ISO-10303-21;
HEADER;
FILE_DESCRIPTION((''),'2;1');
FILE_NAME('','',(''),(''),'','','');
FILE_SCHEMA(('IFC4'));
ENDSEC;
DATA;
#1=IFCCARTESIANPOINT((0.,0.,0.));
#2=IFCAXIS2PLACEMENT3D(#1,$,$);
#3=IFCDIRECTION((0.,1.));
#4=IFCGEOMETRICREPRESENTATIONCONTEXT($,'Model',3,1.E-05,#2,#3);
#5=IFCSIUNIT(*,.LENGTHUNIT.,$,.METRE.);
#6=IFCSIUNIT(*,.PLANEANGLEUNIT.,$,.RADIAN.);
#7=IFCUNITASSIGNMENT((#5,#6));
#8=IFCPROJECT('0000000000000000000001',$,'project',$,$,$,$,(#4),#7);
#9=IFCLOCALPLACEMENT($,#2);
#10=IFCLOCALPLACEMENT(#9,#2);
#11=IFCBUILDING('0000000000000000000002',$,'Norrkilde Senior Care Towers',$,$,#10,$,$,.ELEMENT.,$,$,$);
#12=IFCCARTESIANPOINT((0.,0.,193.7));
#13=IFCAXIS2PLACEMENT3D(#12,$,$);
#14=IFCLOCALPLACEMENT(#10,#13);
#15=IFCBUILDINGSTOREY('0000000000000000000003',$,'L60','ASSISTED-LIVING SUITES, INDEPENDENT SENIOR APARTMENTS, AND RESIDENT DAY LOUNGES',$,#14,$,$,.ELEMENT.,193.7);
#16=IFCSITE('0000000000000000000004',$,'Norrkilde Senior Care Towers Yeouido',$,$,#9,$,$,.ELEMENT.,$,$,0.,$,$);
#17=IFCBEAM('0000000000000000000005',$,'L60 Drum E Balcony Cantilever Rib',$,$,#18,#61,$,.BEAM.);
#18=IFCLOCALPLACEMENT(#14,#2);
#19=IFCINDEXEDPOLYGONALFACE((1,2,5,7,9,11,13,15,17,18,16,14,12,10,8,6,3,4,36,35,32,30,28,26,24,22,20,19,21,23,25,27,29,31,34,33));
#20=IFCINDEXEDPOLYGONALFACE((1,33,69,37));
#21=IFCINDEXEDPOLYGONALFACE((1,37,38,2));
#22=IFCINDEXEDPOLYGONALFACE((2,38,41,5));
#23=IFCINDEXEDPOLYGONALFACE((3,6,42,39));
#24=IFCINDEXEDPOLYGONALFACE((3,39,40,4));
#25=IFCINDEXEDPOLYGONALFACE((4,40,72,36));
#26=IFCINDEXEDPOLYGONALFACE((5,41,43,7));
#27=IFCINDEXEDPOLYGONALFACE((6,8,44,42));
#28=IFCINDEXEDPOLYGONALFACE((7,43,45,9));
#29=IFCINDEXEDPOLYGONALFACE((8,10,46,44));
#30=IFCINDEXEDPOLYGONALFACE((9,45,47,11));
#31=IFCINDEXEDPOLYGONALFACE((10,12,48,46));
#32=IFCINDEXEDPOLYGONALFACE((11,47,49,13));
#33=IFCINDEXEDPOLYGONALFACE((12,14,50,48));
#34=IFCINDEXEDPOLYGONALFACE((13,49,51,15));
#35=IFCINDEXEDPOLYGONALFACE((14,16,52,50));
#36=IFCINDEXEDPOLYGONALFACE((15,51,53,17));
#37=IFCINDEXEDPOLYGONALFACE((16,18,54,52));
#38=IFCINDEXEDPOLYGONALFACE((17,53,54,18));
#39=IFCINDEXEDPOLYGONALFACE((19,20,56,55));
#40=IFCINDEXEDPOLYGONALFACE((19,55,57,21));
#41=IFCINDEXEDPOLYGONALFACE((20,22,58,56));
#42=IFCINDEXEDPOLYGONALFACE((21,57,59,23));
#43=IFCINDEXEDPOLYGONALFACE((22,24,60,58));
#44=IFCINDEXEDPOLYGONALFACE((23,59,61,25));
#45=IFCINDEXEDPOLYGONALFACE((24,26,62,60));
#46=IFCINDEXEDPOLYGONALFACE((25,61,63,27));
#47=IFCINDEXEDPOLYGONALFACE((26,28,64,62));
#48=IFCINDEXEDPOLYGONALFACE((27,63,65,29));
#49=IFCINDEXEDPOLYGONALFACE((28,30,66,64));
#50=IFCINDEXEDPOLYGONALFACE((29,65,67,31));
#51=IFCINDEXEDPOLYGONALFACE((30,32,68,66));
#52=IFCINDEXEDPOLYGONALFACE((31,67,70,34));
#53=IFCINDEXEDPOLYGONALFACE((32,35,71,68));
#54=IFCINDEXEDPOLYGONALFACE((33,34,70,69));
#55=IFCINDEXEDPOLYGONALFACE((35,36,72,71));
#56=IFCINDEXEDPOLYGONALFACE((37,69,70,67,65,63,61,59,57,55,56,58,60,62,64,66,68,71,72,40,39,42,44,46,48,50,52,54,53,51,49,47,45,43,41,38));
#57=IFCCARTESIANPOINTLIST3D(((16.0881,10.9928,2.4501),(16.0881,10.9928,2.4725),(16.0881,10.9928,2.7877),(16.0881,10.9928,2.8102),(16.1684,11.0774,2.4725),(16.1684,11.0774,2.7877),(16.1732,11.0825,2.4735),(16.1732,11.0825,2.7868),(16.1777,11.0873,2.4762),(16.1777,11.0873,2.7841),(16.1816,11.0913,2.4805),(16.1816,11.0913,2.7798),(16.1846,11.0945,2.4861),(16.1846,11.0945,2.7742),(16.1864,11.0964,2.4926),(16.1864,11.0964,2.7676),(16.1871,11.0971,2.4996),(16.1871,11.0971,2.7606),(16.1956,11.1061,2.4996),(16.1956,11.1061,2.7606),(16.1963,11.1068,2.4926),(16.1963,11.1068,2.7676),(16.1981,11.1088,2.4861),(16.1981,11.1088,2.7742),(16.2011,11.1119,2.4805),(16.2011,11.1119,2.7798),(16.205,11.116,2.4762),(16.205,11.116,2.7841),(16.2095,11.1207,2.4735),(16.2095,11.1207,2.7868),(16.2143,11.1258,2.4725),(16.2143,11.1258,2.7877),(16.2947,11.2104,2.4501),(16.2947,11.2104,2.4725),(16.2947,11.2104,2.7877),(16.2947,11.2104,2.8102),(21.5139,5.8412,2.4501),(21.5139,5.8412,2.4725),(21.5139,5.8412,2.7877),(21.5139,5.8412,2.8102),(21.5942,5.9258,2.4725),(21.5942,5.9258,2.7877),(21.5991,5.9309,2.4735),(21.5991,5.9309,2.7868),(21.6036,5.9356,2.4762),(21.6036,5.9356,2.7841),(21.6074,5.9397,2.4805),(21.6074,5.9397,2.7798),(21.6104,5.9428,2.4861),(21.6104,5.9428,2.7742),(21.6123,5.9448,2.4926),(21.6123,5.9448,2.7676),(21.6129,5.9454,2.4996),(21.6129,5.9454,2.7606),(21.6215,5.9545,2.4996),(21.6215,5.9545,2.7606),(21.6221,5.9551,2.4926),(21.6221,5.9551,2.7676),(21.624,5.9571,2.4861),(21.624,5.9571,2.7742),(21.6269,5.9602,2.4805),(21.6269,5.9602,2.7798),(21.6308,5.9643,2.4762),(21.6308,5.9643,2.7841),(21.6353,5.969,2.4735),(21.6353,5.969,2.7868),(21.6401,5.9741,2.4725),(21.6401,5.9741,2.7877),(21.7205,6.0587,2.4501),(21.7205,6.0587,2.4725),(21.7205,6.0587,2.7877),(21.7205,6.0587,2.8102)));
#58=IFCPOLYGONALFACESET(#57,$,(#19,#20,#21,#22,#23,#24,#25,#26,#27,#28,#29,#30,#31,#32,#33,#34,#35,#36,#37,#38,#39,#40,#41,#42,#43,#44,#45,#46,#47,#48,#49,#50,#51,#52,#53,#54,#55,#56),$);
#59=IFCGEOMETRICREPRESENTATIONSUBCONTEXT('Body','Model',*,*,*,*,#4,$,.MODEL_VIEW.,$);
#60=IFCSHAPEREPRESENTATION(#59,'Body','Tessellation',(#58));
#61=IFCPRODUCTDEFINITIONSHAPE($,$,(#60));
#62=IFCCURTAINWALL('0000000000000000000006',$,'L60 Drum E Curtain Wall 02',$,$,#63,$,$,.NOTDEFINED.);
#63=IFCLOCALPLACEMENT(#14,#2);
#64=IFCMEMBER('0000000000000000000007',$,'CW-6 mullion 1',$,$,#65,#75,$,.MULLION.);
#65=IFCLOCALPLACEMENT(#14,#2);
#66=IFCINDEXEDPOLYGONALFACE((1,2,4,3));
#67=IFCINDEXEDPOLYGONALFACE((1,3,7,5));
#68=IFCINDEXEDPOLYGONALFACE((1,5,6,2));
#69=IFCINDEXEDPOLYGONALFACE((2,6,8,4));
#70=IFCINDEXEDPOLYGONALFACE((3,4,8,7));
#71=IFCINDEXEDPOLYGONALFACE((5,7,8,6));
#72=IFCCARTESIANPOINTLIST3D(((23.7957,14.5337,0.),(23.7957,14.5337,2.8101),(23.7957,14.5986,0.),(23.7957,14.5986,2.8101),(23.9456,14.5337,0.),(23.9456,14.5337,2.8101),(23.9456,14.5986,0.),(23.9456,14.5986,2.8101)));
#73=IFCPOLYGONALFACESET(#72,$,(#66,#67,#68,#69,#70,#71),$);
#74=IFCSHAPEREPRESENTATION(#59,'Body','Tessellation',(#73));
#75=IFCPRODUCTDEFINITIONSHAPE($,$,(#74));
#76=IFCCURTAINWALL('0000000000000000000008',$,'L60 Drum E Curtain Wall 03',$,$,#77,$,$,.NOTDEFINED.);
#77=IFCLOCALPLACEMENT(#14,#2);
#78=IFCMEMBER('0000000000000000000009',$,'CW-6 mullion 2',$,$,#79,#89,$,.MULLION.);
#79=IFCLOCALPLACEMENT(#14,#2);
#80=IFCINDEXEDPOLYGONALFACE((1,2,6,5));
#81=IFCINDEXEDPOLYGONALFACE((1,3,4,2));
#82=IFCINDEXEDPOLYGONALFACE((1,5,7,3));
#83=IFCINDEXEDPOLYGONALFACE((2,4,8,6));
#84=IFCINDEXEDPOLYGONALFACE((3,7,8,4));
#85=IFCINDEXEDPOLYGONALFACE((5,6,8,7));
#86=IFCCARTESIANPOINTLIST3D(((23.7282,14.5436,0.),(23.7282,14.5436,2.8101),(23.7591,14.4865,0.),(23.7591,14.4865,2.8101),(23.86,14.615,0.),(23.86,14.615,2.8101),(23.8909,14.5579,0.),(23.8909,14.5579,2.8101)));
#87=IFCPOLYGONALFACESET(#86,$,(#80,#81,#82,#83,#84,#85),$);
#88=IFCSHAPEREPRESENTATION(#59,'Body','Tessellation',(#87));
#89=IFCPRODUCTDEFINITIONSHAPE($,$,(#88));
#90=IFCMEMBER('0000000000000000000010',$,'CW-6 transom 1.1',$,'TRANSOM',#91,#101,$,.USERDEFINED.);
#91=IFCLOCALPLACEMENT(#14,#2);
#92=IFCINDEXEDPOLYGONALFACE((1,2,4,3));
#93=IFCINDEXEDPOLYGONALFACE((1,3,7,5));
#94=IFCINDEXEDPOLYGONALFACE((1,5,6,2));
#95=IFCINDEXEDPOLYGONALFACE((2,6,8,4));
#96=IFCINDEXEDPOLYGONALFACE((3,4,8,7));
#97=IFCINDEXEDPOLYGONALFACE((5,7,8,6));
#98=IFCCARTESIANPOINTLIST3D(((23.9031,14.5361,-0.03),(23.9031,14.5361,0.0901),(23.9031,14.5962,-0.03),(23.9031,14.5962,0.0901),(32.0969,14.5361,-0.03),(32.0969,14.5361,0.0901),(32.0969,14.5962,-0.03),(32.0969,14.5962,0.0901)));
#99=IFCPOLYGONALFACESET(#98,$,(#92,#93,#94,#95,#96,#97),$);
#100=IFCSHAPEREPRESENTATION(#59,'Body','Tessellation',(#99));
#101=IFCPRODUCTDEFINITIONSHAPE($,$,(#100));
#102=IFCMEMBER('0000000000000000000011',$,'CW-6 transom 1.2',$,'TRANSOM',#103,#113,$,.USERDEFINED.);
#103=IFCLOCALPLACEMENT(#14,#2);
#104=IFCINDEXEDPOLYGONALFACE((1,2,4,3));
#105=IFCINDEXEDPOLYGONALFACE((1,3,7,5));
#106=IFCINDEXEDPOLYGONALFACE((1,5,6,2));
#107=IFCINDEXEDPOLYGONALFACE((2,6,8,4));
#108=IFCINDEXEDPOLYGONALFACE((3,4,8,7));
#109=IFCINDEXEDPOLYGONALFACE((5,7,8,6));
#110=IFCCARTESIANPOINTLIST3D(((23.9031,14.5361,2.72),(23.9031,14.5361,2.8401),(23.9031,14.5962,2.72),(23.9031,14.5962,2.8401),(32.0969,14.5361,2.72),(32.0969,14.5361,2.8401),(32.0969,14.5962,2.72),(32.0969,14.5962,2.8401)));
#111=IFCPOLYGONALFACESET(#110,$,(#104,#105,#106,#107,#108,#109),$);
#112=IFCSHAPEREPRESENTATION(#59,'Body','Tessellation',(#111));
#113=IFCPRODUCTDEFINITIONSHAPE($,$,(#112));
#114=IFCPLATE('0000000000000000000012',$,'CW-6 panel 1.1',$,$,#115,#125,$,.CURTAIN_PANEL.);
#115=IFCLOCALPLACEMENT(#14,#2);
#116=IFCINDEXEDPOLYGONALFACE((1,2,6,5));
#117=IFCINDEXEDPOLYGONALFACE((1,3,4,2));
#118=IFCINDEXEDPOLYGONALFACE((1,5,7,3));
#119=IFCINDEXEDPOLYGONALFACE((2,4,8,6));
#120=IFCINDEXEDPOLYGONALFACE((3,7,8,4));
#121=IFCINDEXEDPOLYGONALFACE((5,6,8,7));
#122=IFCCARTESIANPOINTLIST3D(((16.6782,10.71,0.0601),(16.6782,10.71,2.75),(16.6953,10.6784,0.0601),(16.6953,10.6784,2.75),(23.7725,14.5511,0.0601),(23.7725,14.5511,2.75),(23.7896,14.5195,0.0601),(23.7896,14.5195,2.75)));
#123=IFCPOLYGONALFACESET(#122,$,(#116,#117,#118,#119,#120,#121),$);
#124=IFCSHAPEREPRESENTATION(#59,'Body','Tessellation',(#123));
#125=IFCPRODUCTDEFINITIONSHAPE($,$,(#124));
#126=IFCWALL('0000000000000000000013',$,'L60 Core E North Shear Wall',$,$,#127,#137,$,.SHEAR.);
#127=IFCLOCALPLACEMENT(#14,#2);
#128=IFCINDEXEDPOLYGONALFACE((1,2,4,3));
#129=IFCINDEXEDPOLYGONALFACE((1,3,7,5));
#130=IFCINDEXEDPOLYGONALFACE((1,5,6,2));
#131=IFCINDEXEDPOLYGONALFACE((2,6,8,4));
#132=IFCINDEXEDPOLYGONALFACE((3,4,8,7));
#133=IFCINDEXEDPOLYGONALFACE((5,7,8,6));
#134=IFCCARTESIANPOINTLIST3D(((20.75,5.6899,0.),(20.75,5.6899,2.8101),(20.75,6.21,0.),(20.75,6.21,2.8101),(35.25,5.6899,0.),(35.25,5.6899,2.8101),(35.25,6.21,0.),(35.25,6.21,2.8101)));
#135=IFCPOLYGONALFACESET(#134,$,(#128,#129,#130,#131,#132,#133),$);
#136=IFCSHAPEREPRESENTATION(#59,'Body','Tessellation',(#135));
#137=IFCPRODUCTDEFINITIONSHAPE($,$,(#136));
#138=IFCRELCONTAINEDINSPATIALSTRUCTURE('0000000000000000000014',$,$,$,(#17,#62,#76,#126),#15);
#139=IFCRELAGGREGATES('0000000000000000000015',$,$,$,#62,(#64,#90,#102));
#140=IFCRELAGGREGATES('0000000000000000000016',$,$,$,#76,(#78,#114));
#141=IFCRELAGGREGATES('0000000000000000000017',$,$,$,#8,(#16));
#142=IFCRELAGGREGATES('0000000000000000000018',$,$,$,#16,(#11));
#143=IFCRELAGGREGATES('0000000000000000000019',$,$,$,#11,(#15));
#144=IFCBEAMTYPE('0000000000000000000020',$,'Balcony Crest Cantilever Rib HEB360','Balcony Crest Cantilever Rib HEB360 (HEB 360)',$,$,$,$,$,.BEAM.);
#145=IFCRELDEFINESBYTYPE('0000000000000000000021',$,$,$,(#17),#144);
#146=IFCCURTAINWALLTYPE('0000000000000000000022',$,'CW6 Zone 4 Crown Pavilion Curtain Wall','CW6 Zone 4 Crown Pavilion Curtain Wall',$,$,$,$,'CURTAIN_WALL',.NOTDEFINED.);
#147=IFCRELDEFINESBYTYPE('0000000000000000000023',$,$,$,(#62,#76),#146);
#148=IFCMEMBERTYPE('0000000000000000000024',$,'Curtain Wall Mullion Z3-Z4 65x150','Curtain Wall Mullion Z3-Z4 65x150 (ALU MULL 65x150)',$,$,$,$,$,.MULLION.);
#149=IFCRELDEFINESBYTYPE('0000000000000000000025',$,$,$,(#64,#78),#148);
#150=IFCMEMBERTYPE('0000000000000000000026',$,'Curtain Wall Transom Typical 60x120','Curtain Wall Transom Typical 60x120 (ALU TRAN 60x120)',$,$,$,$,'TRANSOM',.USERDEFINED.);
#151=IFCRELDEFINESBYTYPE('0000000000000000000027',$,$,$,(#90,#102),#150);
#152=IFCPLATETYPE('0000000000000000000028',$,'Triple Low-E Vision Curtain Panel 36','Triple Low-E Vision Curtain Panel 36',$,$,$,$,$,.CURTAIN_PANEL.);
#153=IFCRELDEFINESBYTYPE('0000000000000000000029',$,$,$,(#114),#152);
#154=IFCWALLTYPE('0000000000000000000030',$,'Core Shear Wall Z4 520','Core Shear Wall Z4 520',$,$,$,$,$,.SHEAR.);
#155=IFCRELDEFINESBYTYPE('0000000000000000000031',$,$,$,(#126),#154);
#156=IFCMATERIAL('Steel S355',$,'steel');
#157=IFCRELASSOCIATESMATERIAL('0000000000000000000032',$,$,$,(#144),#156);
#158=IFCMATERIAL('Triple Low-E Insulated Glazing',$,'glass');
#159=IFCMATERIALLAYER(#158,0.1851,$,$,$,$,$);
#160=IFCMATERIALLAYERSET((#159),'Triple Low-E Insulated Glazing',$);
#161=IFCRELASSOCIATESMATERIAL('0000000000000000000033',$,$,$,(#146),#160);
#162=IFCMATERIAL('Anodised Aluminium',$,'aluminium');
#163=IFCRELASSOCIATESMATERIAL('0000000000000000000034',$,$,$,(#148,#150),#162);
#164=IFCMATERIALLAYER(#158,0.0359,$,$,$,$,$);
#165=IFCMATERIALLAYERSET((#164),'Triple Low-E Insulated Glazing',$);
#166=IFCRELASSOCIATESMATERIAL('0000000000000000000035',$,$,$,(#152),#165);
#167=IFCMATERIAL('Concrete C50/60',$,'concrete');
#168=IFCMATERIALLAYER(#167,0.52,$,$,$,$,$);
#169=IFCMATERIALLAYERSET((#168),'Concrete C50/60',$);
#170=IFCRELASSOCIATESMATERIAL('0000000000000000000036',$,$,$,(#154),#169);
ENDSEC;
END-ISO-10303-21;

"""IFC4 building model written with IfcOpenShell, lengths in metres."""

from ifc_helpers import new_model, si_unit, direction, frame, frame_2d, origin, origin_2d, place, context, subcontext, project, spatial, rectangle, i_section, extrude, source, transform, mapped, material, layer, layer_set, material_profile, profile_set, type_object, type_shapes, element, aggregate, save


model = new_model("IFC4")

# Units and contexts
model_context = context("Model", 3, precision=1e-05, world=origin(), true_north=direction((0.0, 1.0)))
body_context = subcontext(model_context, "Body", "Model", "MODEL_VIEW")
ifc_project = project(units=[si_unit("LENGTHUNIT", "METRE"), si_unit("PLANEANGLEUNIT", "RADIAN")], contexts=[model_context])

# Site, building, storey
site_placement = place(None, origin())
site = spatial("IfcSite", under=ifc_project, at=site_placement, Name="Norrkilde Senior Care Towers Yeouido", CompositionType="ELEMENT", RefElevation=0.0)
building_placement = place(site_placement, origin())
building = spatial("IfcBuilding", under=site, at=building_placement, Name="Norrkilde Senior Care Towers", CompositionType="ELEMENT")
storey_placement = place(building_placement, frame((0.0, 0.0, 193.7)))
storey = spatial("IfcBuildingStorey", under=building, at=storey_placement, Name="L60", Description="ASSISTED-LIVING SUITES, INDEPENDENT SENIOR APARTMENTS, AND RESIDENT DAY LOUNGES", CompositionType="ELEMENT", Elevation=193.7)

# Shared definitions
ifc_material_1 = material(Name="Concrete C50/60", Category="concrete")

# Beam
ifc_material_2 = material(Name="Steel S355", Category="steel")
ifc_material_profile_1 = material_profile(ifc_material_2, i_section(OverallWidth=0.3, OverallDepth=0.3601, WebThickness=0.0125, FlangeThickness=0.0225, FilletRadius=0.0271, at=origin_2d()), Name="HEB 360")
ifc_profile_set_1 = profile_set([ifc_material_profile_1], Name="Steel S355")
beam_type_1 = type_object("IfcBeamType", Name="Balcony Crest Cantilever Rib HEB360", Description="Balcony Crest Cantilever Rib HEB360 (HEB 360)", PredefinedType="BEAM", material=ifc_profile_set_1)
shared_shape_1 = source(origin(), body_context, "Body", "SweptSolid", [
    extrude(i_section(OverallWidth=0.3, OverallDepth=0.3601, WebThickness=0.0125, FlangeThickness=0.0225, FilletRadius=0.0271, at=origin_2d()), origin(), (0.0, 0.0, 1.0), 7.4819),
])
type_shapes(beam_type_1, [shared_shape_1])
beam_1_placement = place(storey_placement, frame((21.6172, 5.95, 2.6301), z_axis=(-0.725192, 0.688547, 0.0), x_axis=(-0.688547, -0.725192, 0.0)))
element("IfcBeam", 1, at=beam_1_placement, inside=storey, type_object=beam_type_1, Name="L60 Drum E Balcony Cantilever Rib", PredefinedType="BEAM", context=body_context, shape_type="MappedRepresentation", body=[
    mapped(shared_shape_1, transform((0.0, 0.0, 0.0), x_axis=(1.0, 0.0, 0.0), y_axis=(0.0, 1.0, 0.0), z_axis=(0.0, 0.0, 1.0), scale=1.0)),
])

# Curtain walls, members
ifc_material_3 = material(Name="Triple Low-E Insulated Glazing", Category="glass")
ifc_layer_1 = layer(ifc_material_3, 0.1851)
ifc_layer_set_1 = layer_set([ifc_layer_1], Name="Triple Low-E Insulated Glazing")
curtain_wall_type = type_object("IfcCurtainWallType", Name="CW6 Zone 4 Crown Pavilion Curtain Wall", Description="CW6 Zone 4 Crown Pavilion Curtain Wall", ElementType="CURTAIN_WALL", PredefinedType="NOTDEFINED", material=ifc_layer_set_1)
curtain_wall_1_placement = place(storey_placement, origin())
curtain_wall_1 = element("IfcCurtainWall", 2, at=curtain_wall_1_placement, inside=storey, type_object=curtain_wall_type, Name="L60 Drum E Curtain Wall 02", PredefinedType="NOTDEFINED")
ifc_material_4 = material(Name="Anodised Aluminium", Category="aluminium")
ifc_material_profile_2 = material_profile(ifc_material_4, rectangle(XDim=0.0649, YDim=0.1499, at=origin_2d()), Name="ALU MULL 65x150")
ifc_profile_set_2 = profile_set([ifc_material_profile_2], Name="Anodised Aluminium")
member_type_1 = type_object("IfcMemberType", Name="Curtain Wall Mullion Z3-Z4 65x150", Description="Curtain Wall Mullion Z3-Z4 65x150 (ALU MULL 65x150)", PredefinedType="MULLION", material=ifc_profile_set_2)
shared_shape_2 = source(origin(), body_context, "Body", "SweptSolid", [
    extrude(rectangle(XDim=0.0649, YDim=0.1499, at=origin_2d()), origin(), (0.0, 0.0, 1.0), 2.8101),
])
type_shapes(member_type_1, [shared_shape_2])
member_1_placement = place(storey_placement, frame((23.8706, 14.5662, 0.0), z_axis=(0.0, 0.0, 1.0), x_axis=(0.0, 1.0, 0.0)))
member_1 = element("IfcMember", 3, at=member_1_placement, type_object=member_type_1, Name="CW-6 mullion 1", PredefinedType="MULLION", context=body_context, shape_type="MappedRepresentation", body=[
    mapped(shared_shape_2, transform((0.0, 0.0, 0.0), x_axis=(1.0, 0.0, 0.0), y_axis=(0.0, 1.0, 0.0), z_axis=(0.0, 0.0, 1.0), scale=1.0)),
])
curtain_wall_2_placement = place(storey_placement, origin())
curtain_wall_2 = element("IfcCurtainWall", 4, at=curtain_wall_2_placement, inside=storey, type_object=curtain_wall_type, Name="L60 Drum E Curtain Wall 03", PredefinedType="NOTDEFINED")
member_2_placement = place(storey_placement, frame((23.8096, 14.5508, 0.0), z_axis=(0.0, 0.0, 1.0), x_axis=(-0.476133, 0.879373, 0.0)))
member_2 = element("IfcMember", 5, at=member_2_placement, type_object=member_type_1, Name="CW-6 mullion 2", PredefinedType="MULLION", context=body_context, shape_type="MappedRepresentation", body=[
    mapped(shared_shape_2, transform((0.0, 0.0, 0.0), x_axis=(1.0, 0.0, 0.0), y_axis=(0.0, 1.0, 0.0), z_axis=(0.0, 0.0, 1.0), scale=1.0)),
])

# Members
ifc_material_profile_3 = material_profile(ifc_material_4, rectangle(XDim=0.0601, YDim=0.1201, at=origin_2d()), Name="ALU TRAN 60x120")
ifc_profile_set_3 = profile_set([ifc_material_profile_3], Name="Anodised Aluminium")
member_type_2 = type_object("IfcMemberType", Name="Curtain Wall Transom Typical 60x120", Description="Curtain Wall Transom Typical 60x120 (ALU TRAN 60x120)", ElementType="TRANSOM", PredefinedType="USERDEFINED", material=ifc_profile_set_3)
shared_shape_3 = source(origin(), body_context, "Body", "SweptSolid", [
    extrude(rectangle(XDim=0.0601, YDim=0.1201, at=origin_2d()), origin(), (0.0, 0.0, 1.0), 8.1938),
])
type_shapes(member_type_2, [shared_shape_3])
member_3_placement = place(storey_placement, frame((23.9031, 14.5662, 0.03), z_axis=(1.0, 0.0, 0.0), x_axis=(0.0, 1.0, 0.0)))
member_3 = element("IfcMember", 6, at=member_3_placement, type_object=member_type_2, Name="CW-6 transom 1.1", ObjectType="TRANSOM", PredefinedType="USERDEFINED", context=body_context, shape_type="MappedRepresentation", body=[
    mapped(shared_shape_3, transform((0.0, 0.0, 0.0), x_axis=(1.0, 0.0, 0.0), y_axis=(0.0, 1.0, 0.0), z_axis=(0.0, 0.0, 1.0), scale=1.0)),
])
member_4_placement = place(storey_placement, frame((23.9031, 14.5662, 2.78), z_axis=(1.0, 0.0, 0.0), x_axis=(0.0, 1.0, 0.0)))
member_4 = element("IfcMember", 7, at=member_4_placement, type_object=member_type_2, Name="CW-6 transom 1.2", ObjectType="TRANSOM", PredefinedType="USERDEFINED", context=body_context, shape_type="MappedRepresentation", body=[
    mapped(shared_shape_3, transform((0.0, 0.0, 0.0), x_axis=(1.0, 0.0, 0.0), y_axis=(0.0, 1.0, 0.0), z_axis=(0.0, 0.0, 1.0), scale=1.0)),
])
aggregate(curtain_wall_1, [member_1, member_3, member_4])

# Plate
ifc_layer_2 = layer(ifc_material_3, 0.0359)
ifc_layer_set_2 = layer_set([ifc_layer_2], Name="Triple Low-E Insulated Glazing")
plate_type = type_object("IfcPlateType", Name="Triple Low-E Vision Curtain Panel 36", Description="Triple Low-E Vision Curtain Panel 36", PredefinedType="CURTAIN_PANEL", material=ifc_layer_set_2)
shared_shape_4 = source(origin(), body_context, "Body", "SweptSolid", [
    extrude(rectangle(XDim=8.0674, YDim=0.0359, at=origin_2d()), origin(), (0.0, 0.0, 1.0), 2.6899),
])
type_shapes(plate_type, [shared_shape_4])
plate_placement = place(storey_placement, frame((20.2339, 12.6147, 0.0601), z_axis=(0.0, 0.0, 1.0), x_axis=(0.879373, 0.476133, 0.0)))
plate = element("IfcPlate", 8, at=plate_placement, type_object=plate_type, Name="CW-6 panel 1.1", PredefinedType="CURTAIN_PANEL", context=body_context, shape_type="MappedRepresentation", body=[
    mapped(shared_shape_4, transform((0.0, 0.0, 0.0), x_axis=(1.0, 0.0, 0.0), y_axis=(0.0, 1.0, 0.0), z_axis=(0.0, 0.0, 1.0), scale=1.0)),
])
aggregate(curtain_wall_2, [member_2, plate])

# Wall
ifc_layer_3 = layer(ifc_material_1, 0.52)
ifc_layer_set_3 = layer_set([ifc_layer_3], Name="Concrete C50/60")
wall_type_1 = type_object("IfcWallType", Name="Core Shear Wall Z4 520", Description="Core Shear Wall Z4 520", PredefinedType="SHEAR", material=ifc_layer_set_3)
shared_shape_5 = source(origin(), body_context, "Body", "SweptSolid", [
    extrude(rectangle(XDim=14.5, YDim=0.52, at=frame_2d((7.25, 0.0))), origin(), (0.0, 0.0, 1.0), 2.8101),
])
type_shapes(wall_type_1, [shared_shape_5])
wall_1_placement = place(storey_placement, frame((20.75, 5.95, 0.0), z_axis=(0.0, 0.0, 1.0), x_axis=(1.0, 0.0, 0.0)))
element("IfcWall", 9, at=wall_1_placement, inside=storey, type_object=wall_type_1, Name="L60 Core E North Shear Wall", PredefinedType="SHEAR", context=body_context, shape_type="MappedRepresentation", body=[
    mapped(shared_shape_5, transform((0.0, 0.0, 0.0), x_axis=(1.0, 0.0, 0.0), y_axis=(0.0, 1.0, 0.0), z_axis=(0.0, 0.0, 1.0), scale=1.0)),
])

save(model, "model.ifc")
